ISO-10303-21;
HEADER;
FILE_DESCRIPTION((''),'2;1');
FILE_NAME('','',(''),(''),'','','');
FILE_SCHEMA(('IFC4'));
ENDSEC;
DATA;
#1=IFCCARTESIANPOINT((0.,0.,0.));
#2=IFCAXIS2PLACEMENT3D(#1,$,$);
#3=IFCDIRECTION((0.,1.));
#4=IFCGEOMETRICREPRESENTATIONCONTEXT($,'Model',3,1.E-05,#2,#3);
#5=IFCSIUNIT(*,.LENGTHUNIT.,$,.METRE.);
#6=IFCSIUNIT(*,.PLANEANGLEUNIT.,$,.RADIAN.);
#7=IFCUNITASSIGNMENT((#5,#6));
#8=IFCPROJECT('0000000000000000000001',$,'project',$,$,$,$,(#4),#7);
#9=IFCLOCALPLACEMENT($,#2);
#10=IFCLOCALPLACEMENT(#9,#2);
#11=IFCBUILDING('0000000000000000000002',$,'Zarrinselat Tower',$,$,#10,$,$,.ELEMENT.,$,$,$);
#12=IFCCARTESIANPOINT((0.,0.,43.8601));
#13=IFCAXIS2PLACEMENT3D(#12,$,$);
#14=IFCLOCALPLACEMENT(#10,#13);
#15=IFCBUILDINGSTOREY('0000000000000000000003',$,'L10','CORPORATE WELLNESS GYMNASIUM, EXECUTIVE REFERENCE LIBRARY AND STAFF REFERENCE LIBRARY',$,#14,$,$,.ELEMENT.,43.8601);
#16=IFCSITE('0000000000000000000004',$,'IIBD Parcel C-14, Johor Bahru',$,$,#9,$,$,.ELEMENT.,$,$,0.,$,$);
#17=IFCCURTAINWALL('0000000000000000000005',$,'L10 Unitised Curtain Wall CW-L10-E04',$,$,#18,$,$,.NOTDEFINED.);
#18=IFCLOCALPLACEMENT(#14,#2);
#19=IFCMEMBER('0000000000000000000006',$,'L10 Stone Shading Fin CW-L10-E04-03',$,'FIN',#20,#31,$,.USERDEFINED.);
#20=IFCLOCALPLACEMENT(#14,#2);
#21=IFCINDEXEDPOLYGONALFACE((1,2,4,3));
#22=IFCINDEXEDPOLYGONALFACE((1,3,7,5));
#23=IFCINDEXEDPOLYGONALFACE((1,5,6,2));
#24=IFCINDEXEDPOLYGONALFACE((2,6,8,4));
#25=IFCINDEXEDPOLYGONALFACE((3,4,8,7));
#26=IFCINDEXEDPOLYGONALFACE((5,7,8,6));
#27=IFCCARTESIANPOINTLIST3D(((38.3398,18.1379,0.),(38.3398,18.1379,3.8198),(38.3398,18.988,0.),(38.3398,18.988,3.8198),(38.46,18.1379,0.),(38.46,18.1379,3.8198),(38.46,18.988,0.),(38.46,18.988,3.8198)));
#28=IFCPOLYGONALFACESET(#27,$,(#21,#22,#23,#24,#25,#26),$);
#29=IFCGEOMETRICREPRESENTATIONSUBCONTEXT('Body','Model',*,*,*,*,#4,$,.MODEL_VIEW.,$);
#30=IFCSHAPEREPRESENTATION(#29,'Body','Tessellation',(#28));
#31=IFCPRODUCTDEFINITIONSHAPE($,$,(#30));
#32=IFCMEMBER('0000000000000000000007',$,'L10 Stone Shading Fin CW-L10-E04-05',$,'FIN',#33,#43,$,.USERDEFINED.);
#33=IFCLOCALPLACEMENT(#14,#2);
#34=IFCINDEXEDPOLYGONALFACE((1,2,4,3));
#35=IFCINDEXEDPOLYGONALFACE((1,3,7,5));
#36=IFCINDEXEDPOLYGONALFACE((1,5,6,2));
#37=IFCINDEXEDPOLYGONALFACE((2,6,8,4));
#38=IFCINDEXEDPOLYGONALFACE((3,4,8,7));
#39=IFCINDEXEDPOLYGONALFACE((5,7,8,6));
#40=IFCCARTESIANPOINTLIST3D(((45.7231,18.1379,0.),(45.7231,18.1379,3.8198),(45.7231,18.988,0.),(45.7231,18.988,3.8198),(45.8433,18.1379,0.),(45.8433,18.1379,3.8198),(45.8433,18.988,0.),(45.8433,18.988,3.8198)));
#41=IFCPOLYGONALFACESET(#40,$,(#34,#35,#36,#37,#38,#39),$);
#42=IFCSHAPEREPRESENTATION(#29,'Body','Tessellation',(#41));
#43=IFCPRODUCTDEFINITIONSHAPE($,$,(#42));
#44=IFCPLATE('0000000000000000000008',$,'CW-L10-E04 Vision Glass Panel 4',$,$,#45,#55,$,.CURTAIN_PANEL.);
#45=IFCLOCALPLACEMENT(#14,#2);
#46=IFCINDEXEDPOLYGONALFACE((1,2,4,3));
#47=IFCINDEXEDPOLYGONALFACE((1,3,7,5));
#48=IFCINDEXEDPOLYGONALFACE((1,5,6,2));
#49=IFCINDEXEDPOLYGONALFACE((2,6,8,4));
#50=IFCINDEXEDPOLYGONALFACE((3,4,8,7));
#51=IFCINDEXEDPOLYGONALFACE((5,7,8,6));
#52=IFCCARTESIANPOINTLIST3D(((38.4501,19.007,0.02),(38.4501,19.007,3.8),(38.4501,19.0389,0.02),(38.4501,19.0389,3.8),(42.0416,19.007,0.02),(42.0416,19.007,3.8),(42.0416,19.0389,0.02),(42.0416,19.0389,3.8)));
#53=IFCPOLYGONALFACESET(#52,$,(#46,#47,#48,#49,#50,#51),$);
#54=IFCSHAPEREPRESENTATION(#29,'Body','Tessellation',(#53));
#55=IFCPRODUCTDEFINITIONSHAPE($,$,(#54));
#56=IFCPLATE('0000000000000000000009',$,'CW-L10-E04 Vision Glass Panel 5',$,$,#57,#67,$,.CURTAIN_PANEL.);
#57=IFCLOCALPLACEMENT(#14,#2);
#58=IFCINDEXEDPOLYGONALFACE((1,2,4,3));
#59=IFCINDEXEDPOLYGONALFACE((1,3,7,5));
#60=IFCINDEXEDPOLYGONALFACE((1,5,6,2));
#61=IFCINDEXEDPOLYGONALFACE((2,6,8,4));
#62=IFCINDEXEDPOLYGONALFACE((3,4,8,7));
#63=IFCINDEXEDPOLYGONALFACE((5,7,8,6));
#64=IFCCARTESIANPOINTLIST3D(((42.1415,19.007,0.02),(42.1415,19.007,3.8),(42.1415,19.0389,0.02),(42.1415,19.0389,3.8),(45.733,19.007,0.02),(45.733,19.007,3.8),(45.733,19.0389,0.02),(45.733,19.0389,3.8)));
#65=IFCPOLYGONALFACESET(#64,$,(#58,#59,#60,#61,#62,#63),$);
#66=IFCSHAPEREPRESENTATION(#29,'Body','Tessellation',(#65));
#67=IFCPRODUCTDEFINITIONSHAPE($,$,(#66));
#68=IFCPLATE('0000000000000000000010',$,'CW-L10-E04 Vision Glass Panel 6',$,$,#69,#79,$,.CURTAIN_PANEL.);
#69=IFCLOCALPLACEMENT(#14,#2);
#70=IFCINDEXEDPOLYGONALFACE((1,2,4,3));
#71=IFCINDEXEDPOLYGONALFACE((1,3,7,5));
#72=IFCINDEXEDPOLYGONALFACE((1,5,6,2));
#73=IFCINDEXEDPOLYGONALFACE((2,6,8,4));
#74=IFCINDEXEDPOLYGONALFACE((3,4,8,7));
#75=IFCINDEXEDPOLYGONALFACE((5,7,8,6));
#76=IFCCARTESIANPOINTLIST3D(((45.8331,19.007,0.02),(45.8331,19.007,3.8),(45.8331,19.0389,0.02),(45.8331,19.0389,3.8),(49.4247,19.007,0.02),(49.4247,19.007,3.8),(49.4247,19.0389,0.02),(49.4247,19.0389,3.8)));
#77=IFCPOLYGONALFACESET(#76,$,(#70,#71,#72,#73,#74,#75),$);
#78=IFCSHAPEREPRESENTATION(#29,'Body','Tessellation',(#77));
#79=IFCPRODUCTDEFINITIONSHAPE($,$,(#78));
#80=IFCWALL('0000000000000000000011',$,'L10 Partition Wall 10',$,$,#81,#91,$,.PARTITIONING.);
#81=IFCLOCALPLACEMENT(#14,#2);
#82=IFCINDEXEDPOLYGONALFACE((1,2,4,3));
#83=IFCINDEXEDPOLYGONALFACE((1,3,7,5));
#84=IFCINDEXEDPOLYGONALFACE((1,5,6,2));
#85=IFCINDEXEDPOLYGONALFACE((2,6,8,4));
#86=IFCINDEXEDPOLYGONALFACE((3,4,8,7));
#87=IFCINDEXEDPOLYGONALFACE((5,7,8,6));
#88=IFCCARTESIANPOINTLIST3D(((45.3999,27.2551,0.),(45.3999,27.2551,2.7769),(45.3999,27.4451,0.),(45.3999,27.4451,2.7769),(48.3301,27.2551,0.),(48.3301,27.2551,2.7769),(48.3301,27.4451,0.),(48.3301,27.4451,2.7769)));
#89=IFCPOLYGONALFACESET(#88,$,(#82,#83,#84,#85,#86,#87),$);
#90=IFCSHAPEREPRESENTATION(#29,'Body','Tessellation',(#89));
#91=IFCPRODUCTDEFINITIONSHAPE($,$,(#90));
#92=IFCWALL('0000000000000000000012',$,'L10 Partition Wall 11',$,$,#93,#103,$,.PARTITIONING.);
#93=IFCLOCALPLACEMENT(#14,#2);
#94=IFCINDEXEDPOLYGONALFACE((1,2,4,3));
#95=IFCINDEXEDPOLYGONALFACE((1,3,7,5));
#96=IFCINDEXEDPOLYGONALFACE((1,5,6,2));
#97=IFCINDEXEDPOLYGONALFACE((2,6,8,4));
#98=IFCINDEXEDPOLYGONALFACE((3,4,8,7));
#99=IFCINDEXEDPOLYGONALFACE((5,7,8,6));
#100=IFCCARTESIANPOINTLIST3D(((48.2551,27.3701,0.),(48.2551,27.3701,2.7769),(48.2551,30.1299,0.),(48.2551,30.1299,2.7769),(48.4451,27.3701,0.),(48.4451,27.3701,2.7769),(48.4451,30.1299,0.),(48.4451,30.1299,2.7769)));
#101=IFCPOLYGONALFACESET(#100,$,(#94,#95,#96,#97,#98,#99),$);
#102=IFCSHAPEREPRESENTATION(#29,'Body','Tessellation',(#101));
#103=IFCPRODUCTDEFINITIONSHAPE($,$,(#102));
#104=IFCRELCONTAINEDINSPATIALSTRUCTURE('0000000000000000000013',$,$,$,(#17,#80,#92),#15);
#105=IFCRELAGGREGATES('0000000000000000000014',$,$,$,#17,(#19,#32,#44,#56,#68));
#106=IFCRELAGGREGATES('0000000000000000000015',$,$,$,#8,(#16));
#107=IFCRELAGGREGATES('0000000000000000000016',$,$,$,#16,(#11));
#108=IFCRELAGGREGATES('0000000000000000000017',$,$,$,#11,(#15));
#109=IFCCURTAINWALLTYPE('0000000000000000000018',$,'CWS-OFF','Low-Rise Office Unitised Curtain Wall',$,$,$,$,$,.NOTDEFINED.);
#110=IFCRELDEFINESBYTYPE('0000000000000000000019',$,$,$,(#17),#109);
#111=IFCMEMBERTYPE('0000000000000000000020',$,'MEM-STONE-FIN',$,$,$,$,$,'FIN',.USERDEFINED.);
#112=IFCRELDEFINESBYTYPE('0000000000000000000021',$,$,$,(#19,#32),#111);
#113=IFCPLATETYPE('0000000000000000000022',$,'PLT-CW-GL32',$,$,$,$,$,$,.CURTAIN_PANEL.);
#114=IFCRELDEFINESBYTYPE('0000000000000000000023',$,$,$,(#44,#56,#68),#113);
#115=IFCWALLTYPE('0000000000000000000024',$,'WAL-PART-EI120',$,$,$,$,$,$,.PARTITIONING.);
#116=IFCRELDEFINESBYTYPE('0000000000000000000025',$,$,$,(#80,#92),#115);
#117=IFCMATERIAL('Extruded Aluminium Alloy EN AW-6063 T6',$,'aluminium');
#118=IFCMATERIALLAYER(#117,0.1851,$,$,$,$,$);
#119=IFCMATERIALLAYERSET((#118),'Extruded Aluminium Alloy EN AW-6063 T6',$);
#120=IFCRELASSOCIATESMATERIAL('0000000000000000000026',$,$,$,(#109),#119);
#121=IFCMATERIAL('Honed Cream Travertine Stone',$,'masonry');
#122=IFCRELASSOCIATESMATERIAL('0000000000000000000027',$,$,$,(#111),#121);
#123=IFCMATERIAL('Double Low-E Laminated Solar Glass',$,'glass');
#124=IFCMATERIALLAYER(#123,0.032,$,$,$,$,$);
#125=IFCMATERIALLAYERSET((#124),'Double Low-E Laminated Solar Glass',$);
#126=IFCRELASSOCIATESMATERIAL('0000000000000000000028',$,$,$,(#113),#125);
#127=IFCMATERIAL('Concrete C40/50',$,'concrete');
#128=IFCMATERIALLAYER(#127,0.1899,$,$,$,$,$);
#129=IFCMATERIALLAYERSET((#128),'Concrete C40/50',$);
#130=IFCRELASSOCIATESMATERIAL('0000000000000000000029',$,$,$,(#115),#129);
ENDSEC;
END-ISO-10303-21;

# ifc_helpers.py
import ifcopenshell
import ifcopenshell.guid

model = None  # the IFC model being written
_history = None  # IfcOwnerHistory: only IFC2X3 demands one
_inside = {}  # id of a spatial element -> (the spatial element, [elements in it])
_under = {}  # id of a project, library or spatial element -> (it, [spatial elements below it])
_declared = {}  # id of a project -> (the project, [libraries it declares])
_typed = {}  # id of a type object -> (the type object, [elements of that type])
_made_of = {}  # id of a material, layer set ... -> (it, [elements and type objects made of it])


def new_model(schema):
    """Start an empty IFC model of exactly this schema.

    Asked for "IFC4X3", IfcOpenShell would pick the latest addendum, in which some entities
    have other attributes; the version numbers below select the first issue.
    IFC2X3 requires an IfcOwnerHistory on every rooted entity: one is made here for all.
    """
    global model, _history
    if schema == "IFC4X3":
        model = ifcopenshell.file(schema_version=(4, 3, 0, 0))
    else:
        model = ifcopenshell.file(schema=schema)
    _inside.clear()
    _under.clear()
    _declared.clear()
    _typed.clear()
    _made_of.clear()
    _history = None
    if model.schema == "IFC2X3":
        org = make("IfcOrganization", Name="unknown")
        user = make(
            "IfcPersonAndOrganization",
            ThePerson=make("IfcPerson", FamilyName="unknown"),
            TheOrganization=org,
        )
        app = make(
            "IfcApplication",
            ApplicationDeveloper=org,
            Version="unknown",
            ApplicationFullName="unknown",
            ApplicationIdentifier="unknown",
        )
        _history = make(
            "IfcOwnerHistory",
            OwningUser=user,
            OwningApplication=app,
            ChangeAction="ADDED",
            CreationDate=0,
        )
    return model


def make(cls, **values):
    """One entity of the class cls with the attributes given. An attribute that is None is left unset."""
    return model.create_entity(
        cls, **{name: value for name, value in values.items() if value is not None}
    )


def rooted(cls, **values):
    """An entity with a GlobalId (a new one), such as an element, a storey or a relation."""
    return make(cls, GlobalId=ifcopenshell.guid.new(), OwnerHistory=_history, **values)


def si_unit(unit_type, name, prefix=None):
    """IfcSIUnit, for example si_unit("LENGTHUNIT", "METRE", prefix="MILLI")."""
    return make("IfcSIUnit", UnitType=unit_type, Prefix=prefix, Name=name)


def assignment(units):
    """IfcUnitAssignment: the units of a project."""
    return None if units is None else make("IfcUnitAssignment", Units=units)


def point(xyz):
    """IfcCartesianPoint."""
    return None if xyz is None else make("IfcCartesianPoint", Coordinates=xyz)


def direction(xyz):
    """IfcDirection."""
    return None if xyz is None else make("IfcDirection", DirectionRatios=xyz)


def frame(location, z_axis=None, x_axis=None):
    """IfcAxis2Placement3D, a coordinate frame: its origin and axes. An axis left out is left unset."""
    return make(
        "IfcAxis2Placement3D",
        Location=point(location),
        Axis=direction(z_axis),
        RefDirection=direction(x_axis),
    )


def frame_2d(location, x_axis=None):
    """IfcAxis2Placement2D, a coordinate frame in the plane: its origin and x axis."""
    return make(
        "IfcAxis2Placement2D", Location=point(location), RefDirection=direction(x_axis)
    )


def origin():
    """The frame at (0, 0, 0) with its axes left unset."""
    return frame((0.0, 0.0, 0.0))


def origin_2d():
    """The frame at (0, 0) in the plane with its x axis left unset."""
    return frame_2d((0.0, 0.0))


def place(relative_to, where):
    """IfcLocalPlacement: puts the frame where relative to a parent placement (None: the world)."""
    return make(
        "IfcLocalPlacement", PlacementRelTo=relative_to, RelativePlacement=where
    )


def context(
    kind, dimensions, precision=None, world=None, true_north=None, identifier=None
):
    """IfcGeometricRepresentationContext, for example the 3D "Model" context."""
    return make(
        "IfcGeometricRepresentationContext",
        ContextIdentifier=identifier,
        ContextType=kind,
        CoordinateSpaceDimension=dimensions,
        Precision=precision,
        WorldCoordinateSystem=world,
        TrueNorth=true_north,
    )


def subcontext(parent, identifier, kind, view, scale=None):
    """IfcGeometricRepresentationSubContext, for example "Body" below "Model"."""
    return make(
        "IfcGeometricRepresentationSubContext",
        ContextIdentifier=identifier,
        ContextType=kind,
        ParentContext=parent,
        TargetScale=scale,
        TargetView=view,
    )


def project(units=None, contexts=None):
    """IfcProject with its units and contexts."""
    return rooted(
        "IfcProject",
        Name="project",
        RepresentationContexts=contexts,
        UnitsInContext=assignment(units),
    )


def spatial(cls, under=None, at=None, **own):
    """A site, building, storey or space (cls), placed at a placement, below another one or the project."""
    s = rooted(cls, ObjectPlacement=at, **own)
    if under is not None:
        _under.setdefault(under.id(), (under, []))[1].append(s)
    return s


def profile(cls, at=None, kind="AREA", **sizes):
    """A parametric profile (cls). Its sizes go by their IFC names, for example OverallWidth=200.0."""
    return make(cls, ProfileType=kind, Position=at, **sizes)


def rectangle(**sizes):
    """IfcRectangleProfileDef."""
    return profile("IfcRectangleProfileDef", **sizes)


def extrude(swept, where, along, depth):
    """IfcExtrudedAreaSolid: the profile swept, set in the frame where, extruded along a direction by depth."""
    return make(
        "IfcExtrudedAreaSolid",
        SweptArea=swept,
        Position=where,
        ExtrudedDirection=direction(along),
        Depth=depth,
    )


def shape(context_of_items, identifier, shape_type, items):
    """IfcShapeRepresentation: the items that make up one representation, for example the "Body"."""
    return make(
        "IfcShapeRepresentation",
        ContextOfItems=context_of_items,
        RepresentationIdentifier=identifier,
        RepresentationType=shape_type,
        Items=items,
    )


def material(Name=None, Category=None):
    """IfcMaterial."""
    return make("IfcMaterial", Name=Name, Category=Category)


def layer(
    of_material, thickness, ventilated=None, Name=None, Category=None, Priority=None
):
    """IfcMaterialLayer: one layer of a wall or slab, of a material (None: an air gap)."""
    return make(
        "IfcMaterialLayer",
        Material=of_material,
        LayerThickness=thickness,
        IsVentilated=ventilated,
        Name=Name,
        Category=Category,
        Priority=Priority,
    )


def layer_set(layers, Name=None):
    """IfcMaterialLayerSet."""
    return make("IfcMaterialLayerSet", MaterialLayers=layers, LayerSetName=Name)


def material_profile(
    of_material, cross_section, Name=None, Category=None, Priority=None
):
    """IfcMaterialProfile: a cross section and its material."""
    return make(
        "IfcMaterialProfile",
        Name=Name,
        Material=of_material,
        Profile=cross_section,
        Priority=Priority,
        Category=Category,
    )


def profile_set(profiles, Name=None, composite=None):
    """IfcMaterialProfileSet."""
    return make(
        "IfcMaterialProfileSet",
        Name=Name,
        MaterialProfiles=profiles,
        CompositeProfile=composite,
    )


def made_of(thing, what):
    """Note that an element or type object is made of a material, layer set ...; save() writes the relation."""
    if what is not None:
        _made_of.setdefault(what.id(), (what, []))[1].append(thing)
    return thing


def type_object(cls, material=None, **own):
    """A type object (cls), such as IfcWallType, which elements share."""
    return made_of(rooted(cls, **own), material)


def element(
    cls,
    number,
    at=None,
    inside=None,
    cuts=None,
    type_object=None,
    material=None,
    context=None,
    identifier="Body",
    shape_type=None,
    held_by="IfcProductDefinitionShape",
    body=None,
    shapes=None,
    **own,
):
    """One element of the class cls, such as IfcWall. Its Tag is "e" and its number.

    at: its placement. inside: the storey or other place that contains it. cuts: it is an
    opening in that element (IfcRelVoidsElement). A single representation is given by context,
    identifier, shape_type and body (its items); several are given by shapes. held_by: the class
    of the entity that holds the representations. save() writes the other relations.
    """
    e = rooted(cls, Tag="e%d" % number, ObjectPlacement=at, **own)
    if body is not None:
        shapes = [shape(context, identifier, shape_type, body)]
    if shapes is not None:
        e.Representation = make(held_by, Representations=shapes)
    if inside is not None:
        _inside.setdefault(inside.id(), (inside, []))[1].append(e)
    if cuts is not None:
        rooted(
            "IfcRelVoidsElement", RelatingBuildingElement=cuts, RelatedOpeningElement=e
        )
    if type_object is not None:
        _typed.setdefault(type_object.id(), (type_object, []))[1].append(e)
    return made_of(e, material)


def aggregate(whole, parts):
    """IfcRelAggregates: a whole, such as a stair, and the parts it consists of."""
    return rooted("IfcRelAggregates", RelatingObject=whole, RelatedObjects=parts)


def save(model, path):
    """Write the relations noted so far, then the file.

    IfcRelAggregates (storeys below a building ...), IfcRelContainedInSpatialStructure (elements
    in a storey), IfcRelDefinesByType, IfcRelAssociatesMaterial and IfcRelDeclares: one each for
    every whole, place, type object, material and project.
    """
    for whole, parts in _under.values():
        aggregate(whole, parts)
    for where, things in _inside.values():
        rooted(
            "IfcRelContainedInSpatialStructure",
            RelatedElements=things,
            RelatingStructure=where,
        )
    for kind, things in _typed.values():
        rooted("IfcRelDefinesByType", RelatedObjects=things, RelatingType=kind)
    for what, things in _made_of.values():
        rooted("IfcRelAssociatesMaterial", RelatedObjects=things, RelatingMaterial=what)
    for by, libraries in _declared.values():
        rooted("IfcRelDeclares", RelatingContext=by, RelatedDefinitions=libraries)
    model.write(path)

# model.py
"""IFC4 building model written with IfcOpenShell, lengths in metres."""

from ifc_helpers import new_model, si_unit, direction, frame, frame_2d, origin, origin_2d, place, context, subcontext, project, spatial, rectangle, extrude, material, layer, layer_set, material_profile, profile_set, type_object, element, aggregate, save


model = new_model("IFC4")

# Units and contexts
model_context = context("Model", 3, precision=1e-05, world=origin(), true_north=direction((0.0, 1.0)))
body_context = subcontext(model_context, "Body", "Model", "MODEL_VIEW")
ifc_project = project(units=[si_unit("LENGTHUNIT", "METRE"), si_unit("PLANEANGLEUNIT", "RADIAN")], contexts=[model_context])

# Site, building, storey
site_placement = place(None, origin())
site = spatial("IfcSite", under=ifc_project, at=site_placement, Name="IIBD Parcel C-14, Johor Bahru", CompositionType="ELEMENT", RefElevation=0.0)
building_placement = place(site_placement, origin())
building = spatial("IfcBuilding", under=site, at=building_placement, Name="Zarrinselat Tower", CompositionType="ELEMENT")
storey_placement = place(building_placement, frame((0.0, 0.0, 43.8601)))
storey = spatial("IfcBuildingStorey", under=building, at=storey_placement, Name="L10", Description="CORPORATE WELLNESS GYMNASIUM, EXECUTIVE REFERENCE LIBRARY AND STAFF REFERENCE LIBRARY", CompositionType="ELEMENT", Elevation=43.8601)

# Curtain wall, members, plates
ifc_material_1 = material(Name="Extruded Aluminium Alloy EN AW-6063 T6", Category="aluminium")
ifc_layer_1 = layer(ifc_material_1, 0.1851)
ifc_layer_set_1 = layer_set([ifc_layer_1], Name="Extruded Aluminium Alloy EN AW-6063 T6")
curtain_wall_type = type_object("IfcCurtainWallType", Name="CWS-OFF", Description="Low-Rise Office Unitised Curtain Wall", PredefinedType="NOTDEFINED", material=ifc_layer_set_1)
curtain_wall_placement = place(storey_placement, origin())
curtain_wall = element("IfcCurtainWall", 1, at=curtain_wall_placement, inside=storey, type_object=curtain_wall_type, Name="L10 Unitised Curtain Wall CW-L10-E04", PredefinedType="NOTDEFINED")
ifc_material_2 = material(Name="Honed Cream Travertine Stone", Category="masonry")
ifc_material_profile_1 = material_profile(ifc_material_2, rectangle(XDim=0.1201, YDim=0.8501, at=origin_2d()), Name="FIN 850x120")
ifc_profile_set_1 = profile_set([ifc_material_profile_1], Name="Honed Cream Travertine Stone")
member_type_1 = type_object("IfcMemberType", Name="MEM-STONE-FIN", ElementType="FIN", PredefinedType="USERDEFINED", material=ifc_profile_set_1)
member_1_placement = place(storey_placement, frame((38.3999, 18.563, 0.0), z_axis=(0.0, 0.0, 1.0), x_axis=(-1.0, 0.0, 0.0)))
member_1 = element("IfcMember", 2, at=member_1_placement, type_object=member_type_1, Name="L10 Stone Shading Fin CW-L10-E04-03", ObjectType="FIN", PredefinedType="USERDEFINED", context=body_context, shape_type="SweptSolid", body=[
    extrude(rectangle(XDim=0.1201, YDim=0.8501, at=origin_2d()), origin(), (0.0, 0.0, 1.0), 3.8198),
])
member_2_placement = place(storey_placement, frame((45.7832, 18.563, 0.0), z_axis=(0.0, 0.0, 1.0), x_axis=(-1.0, 0.0, 0.0)))
member_2 = element("IfcMember", 3, at=member_2_placement, type_object=member_type_1, Name="L10 Stone Shading Fin CW-L10-E04-05", ObjectType="FIN", PredefinedType="USERDEFINED", context=body_context, shape_type="SweptSolid", body=[
    extrude(rectangle(XDim=0.1201, YDim=0.8501, at=origin_2d()), origin(), (0.0, 0.0, 1.0), 3.8198),
])
ifc_material_3 = material(Name="Double Low-E Laminated Solar Glass", Category="glass")
ifc_layer_2 = layer(ifc_material_3, 0.032)
ifc_layer_set_2 = layer_set([ifc_layer_2], Name="Double Low-E Laminated Solar Glass")
plate_type = type_object("IfcPlateType", Name="PLT-CW-GL32", PredefinedType="CURTAIN_PANEL", material=ifc_layer_set_2)
plate_1_placement = place(storey_placement, frame((40.2458, 19.0229, 0.02), z_axis=(0.0, 0.0, 1.0), x_axis=(1.0, 0.0, 0.0)))
plate_1 = element("IfcPlate", 4, at=plate_1_placement, type_object=plate_type, Name="CW-L10-E04 Vision Glass Panel 4", PredefinedType="CURTAIN_PANEL", context=body_context, shape_type="SweptSolid", body=[
    extrude(rectangle(XDim=3.5916, YDim=0.032, at=origin_2d()), origin(), (0.0, 0.0, 1.0), 3.78),
])
plate_2_placement = place(storey_placement, frame((43.9373, 19.0229, 0.02), z_axis=(0.0, 0.0, 1.0), x_axis=(1.0, 0.0, 0.0)))
plate_2 = element("IfcPlate", 5, at=plate_2_placement, type_object=plate_type, Name="CW-L10-E04 Vision Glass Panel 5", PredefinedType="CURTAIN_PANEL", context=body_context, shape_type="SweptSolid", body=[
    extrude(rectangle(XDim=3.5916, YDim=0.032, at=origin_2d()), origin(), (0.0, 0.0, 1.0), 3.78),
])
plate_3_placement = place(storey_placement, frame((47.6289, 19.0229, 0.02), z_axis=(0.0, 0.0, 1.0), x_axis=(1.0, 0.0, 0.0)))
plate_3 = element("IfcPlate", 6, at=plate_3_placement, type_object=plate_type, Name="CW-L10-E04 Vision Glass Panel 6", PredefinedType="CURTAIN_PANEL", context=body_context, shape_type="SweptSolid", body=[
    extrude(rectangle(XDim=3.5916, YDim=0.032, at=origin_2d()), origin(), (0.0, 0.0, 1.0), 3.78),
])
aggregate(curtain_wall, [member_1, member_2, plate_1, plate_2, plate_3])

# Walls
ifc_material_4 = material(Name="Concrete C40/50", Category="concrete")
ifc_layer_3 = layer(ifc_material_4, 0.1899)
ifc_layer_set_3 = layer_set([ifc_layer_3], Name="Concrete C40/50")
wall_type = type_object("IfcWallType", Name="WAL-PART-EI120", PredefinedType="PARTITIONING", material=ifc_layer_set_3)
wall_1_placement = place(storey_placement, frame((45.3999, 27.3501, 0.0), z_axis=(0.0, 0.0, 1.0), x_axis=(1.0, 0.0, 0.0)))
element("IfcWall", 7, at=wall_1_placement, inside=storey, type_object=wall_type, Name="L10 Partition Wall 10", PredefinedType="PARTITIONING", context=body_context, shape_type="SweptSolid", body=[
    extrude(rectangle(XDim=2.9302, YDim=0.1899, at=frame_2d((1.4651, 0.0))), origin(), (0.0, 0.0, 1.0), 2.7769),
])
wall_2_placement = place(storey_placement, frame((48.3501, 27.3701, 0.0), z_axis=(0.0, 0.0, 1.0), x_axis=(0.0, 1.0, 0.0)))
element("IfcWall", 8, at=wall_2_placement, inside=storey, type_object=wall_type, Name="L10 Partition Wall 11", PredefinedType="PARTITIONING", context=body_context, shape_type="SweptSolid", body=[
    extrude(rectangle(XDim=2.7598, YDim=0.1899, at=frame_2d((1.3799, 0.0))), origin(), (0.0, 0.0, 1.0), 2.7769),
])

save(model, "model.ifc")
